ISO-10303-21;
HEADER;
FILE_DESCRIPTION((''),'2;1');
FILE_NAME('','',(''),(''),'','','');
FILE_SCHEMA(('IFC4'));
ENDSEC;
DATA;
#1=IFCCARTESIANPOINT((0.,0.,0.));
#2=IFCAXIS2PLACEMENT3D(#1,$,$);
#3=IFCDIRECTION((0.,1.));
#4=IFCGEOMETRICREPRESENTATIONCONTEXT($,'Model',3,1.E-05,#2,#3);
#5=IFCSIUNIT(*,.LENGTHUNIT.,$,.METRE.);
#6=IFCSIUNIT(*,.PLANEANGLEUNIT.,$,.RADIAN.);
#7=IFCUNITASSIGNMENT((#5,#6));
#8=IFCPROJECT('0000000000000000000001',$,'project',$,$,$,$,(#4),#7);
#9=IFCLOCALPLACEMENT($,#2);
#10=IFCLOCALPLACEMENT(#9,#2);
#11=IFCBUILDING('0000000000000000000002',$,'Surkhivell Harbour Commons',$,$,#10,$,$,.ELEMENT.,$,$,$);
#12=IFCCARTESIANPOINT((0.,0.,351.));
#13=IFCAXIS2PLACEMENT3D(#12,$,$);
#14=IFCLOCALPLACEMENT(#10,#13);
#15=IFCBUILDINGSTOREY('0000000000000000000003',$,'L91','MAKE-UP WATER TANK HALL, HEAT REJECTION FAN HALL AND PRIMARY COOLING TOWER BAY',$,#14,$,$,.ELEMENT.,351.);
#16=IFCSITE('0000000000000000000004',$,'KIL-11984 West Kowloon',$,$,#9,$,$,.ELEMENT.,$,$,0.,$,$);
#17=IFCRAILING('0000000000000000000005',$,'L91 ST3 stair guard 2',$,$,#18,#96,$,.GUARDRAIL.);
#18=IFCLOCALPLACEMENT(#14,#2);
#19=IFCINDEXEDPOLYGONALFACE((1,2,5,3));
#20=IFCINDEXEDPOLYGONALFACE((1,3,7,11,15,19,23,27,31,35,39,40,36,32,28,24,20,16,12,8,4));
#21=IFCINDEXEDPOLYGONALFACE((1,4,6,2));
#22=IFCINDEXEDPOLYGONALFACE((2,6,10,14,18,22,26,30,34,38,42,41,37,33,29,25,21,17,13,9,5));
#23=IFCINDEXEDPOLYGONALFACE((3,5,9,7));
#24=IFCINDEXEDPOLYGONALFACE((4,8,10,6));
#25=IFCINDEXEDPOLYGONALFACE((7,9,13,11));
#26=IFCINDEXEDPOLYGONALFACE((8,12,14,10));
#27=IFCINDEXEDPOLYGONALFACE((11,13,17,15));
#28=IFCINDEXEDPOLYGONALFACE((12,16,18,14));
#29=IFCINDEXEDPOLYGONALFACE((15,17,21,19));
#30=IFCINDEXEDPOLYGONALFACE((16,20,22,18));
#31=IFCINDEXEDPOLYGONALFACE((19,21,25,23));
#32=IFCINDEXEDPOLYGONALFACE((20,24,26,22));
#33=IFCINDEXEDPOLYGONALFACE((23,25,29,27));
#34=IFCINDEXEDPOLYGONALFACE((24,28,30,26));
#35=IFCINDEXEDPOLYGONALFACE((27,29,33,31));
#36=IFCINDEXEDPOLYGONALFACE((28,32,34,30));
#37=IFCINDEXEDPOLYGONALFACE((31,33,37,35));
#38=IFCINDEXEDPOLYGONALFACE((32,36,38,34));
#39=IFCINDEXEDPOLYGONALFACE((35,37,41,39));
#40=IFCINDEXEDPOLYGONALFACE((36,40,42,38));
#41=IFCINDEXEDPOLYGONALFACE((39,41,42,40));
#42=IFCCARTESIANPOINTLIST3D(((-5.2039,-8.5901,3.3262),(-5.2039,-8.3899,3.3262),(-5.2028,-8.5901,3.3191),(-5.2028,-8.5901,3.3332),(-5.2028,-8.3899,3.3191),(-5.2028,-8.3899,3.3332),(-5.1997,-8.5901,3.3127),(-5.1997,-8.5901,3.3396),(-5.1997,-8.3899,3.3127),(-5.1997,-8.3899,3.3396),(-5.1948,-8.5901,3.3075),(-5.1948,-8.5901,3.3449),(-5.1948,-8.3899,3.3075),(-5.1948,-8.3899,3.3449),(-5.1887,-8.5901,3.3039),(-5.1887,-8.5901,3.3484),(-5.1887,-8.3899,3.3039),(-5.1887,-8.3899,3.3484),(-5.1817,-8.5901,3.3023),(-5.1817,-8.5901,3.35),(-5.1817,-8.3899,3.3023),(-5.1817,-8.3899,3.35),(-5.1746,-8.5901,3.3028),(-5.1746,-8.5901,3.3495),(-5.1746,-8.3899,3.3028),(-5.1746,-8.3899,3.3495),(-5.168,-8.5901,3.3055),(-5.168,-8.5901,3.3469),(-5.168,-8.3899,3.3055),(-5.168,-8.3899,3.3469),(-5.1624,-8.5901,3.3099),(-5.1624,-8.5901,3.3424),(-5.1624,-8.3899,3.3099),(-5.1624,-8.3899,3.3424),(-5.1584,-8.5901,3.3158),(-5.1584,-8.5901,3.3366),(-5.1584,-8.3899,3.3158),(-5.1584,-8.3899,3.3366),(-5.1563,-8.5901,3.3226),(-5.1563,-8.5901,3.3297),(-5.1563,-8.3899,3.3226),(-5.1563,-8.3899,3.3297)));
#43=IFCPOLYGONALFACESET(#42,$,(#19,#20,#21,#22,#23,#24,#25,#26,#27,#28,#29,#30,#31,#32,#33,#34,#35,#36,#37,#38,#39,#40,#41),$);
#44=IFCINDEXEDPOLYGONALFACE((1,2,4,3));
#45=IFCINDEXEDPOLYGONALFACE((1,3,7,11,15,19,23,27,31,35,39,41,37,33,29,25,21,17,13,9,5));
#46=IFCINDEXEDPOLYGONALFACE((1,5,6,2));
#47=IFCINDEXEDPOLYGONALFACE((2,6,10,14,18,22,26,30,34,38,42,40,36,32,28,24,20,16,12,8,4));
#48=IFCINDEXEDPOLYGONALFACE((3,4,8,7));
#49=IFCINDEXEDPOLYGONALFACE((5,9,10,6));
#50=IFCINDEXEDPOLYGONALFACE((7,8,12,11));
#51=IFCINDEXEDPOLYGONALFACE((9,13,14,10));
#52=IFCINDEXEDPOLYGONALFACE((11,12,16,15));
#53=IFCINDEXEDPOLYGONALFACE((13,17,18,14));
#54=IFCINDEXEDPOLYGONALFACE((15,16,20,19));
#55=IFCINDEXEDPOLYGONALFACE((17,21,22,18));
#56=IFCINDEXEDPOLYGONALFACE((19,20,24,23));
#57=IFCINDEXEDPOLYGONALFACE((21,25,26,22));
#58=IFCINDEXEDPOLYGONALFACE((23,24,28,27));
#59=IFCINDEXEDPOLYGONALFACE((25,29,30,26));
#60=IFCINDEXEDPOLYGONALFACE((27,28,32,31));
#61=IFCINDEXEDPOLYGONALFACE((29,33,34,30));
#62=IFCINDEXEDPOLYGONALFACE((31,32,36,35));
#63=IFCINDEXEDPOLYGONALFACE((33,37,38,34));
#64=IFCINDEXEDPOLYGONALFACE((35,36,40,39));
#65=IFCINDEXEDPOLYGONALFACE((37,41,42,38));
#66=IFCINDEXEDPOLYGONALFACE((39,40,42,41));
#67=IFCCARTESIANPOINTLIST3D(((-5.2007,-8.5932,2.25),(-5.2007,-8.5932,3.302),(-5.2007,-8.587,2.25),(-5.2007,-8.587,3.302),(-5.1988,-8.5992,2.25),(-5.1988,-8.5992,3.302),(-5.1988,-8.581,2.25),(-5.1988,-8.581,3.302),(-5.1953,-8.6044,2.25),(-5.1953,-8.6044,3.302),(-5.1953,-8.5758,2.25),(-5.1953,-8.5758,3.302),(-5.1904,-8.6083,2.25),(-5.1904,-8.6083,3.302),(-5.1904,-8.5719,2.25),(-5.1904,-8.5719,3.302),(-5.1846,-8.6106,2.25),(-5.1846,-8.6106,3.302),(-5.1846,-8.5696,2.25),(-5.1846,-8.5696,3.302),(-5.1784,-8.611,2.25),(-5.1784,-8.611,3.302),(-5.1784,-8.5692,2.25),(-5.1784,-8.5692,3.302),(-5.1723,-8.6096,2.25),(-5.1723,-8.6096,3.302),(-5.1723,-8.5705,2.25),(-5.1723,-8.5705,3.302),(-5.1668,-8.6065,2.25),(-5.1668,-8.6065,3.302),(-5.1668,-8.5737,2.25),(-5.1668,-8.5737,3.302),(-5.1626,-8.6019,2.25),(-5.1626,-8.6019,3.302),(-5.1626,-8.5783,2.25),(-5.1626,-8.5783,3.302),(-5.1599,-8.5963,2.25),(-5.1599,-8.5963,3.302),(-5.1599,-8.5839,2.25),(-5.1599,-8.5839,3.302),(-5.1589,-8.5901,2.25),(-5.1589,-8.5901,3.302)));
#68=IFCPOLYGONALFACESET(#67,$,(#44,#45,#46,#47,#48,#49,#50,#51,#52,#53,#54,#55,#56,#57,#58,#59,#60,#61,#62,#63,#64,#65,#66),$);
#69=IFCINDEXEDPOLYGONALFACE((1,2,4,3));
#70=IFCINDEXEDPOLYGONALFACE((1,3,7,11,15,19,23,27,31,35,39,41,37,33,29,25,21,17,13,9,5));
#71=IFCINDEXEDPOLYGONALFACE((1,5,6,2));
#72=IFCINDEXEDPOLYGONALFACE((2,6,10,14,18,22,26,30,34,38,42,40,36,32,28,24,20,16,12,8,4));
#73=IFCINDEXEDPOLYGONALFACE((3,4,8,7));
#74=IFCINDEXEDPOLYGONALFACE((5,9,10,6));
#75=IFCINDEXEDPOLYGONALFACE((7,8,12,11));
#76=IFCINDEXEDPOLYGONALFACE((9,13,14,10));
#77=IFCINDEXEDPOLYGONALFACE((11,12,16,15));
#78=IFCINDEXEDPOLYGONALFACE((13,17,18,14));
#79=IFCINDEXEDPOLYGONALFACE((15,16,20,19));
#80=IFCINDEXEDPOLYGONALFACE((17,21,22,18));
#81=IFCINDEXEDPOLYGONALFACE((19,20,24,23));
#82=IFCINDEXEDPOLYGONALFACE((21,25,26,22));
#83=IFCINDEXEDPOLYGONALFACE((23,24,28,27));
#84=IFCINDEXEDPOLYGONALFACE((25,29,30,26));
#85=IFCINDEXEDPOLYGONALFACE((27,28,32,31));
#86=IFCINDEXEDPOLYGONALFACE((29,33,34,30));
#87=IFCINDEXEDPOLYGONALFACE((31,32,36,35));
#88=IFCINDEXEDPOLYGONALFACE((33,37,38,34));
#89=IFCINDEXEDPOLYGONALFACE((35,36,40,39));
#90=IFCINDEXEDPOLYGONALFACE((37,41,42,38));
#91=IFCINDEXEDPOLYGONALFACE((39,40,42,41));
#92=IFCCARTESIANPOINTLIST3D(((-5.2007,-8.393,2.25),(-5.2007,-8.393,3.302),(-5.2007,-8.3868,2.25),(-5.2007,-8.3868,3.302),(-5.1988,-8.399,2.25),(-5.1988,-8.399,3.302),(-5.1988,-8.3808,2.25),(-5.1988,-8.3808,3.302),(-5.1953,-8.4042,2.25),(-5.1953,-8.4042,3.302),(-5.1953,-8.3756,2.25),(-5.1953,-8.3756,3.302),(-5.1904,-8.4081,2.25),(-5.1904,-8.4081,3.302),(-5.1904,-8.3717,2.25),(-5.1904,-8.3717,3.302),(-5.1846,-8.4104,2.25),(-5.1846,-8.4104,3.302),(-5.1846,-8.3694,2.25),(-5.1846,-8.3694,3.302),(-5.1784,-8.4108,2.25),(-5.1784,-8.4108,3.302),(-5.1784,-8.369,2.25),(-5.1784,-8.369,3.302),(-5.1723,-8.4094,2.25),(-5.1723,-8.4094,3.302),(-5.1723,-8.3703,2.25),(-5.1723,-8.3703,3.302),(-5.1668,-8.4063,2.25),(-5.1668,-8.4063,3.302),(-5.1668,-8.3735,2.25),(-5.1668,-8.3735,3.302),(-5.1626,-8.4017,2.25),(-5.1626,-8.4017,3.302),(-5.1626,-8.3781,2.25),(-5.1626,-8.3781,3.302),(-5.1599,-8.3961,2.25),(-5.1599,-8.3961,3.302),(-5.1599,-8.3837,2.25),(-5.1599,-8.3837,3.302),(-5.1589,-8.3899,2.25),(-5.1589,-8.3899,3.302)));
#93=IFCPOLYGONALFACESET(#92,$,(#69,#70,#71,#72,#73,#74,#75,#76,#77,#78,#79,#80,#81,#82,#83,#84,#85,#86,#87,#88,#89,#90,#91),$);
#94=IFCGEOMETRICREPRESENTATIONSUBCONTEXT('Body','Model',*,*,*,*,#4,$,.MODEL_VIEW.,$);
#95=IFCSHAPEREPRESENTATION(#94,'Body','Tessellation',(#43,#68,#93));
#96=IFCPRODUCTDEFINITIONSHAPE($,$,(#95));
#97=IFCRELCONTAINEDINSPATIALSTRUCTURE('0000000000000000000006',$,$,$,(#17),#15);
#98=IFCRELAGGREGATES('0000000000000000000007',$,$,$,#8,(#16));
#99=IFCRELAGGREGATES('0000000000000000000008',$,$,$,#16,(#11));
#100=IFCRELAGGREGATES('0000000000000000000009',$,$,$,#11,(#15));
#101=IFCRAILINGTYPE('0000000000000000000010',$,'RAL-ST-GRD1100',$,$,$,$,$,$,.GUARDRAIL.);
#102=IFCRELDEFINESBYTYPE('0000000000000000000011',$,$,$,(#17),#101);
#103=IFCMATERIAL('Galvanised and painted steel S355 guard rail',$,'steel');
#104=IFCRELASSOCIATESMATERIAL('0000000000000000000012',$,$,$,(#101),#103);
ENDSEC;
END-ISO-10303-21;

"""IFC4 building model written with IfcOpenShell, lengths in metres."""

from ifc_helpers import new_model, si_unit, direction, frame, origin, origin_2d, place, context, subcontext, project, spatial, circle, extrude, material, type_object, element, save


model = new_model("IFC4")

# Units and contexts
model_context = context("Model", 3, precision=1e-05, world=origin(), true_north=direction((0.0, 1.0)))
body_context = subcontext(model_context, "Body", "Model", "MODEL_VIEW")
ifc_project = project(units=[si_unit("LENGTHUNIT", "METRE"), si_unit("PLANEANGLEUNIT", "RADIAN")], contexts=[model_context])

# Site, building, storey
site_placement = place(None, origin())
site = spatial("IfcSite", under=ifc_project, at=site_placement, Name="KIL-11984 West Kowloon", CompositionType="ELEMENT", RefElevation=0.0)
building_placement = place(site_placement, origin())
building = spatial("IfcBuilding", under=site, at=building_placement, Name="Surkhivell Harbour Commons", CompositionType="ELEMENT")
storey_placement = place(building_placement, frame((0.0, 0.0, 351.0)))
storey = spatial("IfcBuildingStorey", under=building, at=storey_placement, Name="L91", Description="MAKE-UP WATER TANK HALL, HEAT REJECTION FAN HALL AND PRIMARY COOLING TOWER BAY", CompositionType="ELEMENT", Elevation=351.0)

# Railing
ifc_material_1 = material(Name="Galvanised and painted steel S355 guard rail", Category="steel")
railing_type_1 = type_object("IfcRailingType", Name="RAL-ST-GRD1100", PredefinedType="GUARDRAIL", material=ifc_material_1)
railing_1_placement = place(storey_placement, frame((-5.1799, -8.5901, 2.25)))
element("IfcRailing", 1, at=railing_1_placement, inside=storey, type_object=railing_type_1, Name="L91 ST3 stair guard 2", PredefinedType="GUARDRAIL", context=body_context, shape_type="SweptSolid", body=[
    extrude(circle(Radius=0.0239, at=origin_2d()), frame((0.0, 0.0, 1.0762), z_axis=(0.0, 1.0, 0.0), x_axis=(-1.0, 0.0, 0.0)), (0.0, 0.0, 1.0), 0.2002),
    extrude(circle(Radius=0.021, at=origin_2d()), origin(), (0.0, 0.0, 1.0), 1.052),
    extrude(circle(Radius=0.021, at=origin_2d()), frame((0.0, 0.2002, 0.0)), (0.0, 0.0, 1.0), 1.052),
])

save(model, "model.ifc")
